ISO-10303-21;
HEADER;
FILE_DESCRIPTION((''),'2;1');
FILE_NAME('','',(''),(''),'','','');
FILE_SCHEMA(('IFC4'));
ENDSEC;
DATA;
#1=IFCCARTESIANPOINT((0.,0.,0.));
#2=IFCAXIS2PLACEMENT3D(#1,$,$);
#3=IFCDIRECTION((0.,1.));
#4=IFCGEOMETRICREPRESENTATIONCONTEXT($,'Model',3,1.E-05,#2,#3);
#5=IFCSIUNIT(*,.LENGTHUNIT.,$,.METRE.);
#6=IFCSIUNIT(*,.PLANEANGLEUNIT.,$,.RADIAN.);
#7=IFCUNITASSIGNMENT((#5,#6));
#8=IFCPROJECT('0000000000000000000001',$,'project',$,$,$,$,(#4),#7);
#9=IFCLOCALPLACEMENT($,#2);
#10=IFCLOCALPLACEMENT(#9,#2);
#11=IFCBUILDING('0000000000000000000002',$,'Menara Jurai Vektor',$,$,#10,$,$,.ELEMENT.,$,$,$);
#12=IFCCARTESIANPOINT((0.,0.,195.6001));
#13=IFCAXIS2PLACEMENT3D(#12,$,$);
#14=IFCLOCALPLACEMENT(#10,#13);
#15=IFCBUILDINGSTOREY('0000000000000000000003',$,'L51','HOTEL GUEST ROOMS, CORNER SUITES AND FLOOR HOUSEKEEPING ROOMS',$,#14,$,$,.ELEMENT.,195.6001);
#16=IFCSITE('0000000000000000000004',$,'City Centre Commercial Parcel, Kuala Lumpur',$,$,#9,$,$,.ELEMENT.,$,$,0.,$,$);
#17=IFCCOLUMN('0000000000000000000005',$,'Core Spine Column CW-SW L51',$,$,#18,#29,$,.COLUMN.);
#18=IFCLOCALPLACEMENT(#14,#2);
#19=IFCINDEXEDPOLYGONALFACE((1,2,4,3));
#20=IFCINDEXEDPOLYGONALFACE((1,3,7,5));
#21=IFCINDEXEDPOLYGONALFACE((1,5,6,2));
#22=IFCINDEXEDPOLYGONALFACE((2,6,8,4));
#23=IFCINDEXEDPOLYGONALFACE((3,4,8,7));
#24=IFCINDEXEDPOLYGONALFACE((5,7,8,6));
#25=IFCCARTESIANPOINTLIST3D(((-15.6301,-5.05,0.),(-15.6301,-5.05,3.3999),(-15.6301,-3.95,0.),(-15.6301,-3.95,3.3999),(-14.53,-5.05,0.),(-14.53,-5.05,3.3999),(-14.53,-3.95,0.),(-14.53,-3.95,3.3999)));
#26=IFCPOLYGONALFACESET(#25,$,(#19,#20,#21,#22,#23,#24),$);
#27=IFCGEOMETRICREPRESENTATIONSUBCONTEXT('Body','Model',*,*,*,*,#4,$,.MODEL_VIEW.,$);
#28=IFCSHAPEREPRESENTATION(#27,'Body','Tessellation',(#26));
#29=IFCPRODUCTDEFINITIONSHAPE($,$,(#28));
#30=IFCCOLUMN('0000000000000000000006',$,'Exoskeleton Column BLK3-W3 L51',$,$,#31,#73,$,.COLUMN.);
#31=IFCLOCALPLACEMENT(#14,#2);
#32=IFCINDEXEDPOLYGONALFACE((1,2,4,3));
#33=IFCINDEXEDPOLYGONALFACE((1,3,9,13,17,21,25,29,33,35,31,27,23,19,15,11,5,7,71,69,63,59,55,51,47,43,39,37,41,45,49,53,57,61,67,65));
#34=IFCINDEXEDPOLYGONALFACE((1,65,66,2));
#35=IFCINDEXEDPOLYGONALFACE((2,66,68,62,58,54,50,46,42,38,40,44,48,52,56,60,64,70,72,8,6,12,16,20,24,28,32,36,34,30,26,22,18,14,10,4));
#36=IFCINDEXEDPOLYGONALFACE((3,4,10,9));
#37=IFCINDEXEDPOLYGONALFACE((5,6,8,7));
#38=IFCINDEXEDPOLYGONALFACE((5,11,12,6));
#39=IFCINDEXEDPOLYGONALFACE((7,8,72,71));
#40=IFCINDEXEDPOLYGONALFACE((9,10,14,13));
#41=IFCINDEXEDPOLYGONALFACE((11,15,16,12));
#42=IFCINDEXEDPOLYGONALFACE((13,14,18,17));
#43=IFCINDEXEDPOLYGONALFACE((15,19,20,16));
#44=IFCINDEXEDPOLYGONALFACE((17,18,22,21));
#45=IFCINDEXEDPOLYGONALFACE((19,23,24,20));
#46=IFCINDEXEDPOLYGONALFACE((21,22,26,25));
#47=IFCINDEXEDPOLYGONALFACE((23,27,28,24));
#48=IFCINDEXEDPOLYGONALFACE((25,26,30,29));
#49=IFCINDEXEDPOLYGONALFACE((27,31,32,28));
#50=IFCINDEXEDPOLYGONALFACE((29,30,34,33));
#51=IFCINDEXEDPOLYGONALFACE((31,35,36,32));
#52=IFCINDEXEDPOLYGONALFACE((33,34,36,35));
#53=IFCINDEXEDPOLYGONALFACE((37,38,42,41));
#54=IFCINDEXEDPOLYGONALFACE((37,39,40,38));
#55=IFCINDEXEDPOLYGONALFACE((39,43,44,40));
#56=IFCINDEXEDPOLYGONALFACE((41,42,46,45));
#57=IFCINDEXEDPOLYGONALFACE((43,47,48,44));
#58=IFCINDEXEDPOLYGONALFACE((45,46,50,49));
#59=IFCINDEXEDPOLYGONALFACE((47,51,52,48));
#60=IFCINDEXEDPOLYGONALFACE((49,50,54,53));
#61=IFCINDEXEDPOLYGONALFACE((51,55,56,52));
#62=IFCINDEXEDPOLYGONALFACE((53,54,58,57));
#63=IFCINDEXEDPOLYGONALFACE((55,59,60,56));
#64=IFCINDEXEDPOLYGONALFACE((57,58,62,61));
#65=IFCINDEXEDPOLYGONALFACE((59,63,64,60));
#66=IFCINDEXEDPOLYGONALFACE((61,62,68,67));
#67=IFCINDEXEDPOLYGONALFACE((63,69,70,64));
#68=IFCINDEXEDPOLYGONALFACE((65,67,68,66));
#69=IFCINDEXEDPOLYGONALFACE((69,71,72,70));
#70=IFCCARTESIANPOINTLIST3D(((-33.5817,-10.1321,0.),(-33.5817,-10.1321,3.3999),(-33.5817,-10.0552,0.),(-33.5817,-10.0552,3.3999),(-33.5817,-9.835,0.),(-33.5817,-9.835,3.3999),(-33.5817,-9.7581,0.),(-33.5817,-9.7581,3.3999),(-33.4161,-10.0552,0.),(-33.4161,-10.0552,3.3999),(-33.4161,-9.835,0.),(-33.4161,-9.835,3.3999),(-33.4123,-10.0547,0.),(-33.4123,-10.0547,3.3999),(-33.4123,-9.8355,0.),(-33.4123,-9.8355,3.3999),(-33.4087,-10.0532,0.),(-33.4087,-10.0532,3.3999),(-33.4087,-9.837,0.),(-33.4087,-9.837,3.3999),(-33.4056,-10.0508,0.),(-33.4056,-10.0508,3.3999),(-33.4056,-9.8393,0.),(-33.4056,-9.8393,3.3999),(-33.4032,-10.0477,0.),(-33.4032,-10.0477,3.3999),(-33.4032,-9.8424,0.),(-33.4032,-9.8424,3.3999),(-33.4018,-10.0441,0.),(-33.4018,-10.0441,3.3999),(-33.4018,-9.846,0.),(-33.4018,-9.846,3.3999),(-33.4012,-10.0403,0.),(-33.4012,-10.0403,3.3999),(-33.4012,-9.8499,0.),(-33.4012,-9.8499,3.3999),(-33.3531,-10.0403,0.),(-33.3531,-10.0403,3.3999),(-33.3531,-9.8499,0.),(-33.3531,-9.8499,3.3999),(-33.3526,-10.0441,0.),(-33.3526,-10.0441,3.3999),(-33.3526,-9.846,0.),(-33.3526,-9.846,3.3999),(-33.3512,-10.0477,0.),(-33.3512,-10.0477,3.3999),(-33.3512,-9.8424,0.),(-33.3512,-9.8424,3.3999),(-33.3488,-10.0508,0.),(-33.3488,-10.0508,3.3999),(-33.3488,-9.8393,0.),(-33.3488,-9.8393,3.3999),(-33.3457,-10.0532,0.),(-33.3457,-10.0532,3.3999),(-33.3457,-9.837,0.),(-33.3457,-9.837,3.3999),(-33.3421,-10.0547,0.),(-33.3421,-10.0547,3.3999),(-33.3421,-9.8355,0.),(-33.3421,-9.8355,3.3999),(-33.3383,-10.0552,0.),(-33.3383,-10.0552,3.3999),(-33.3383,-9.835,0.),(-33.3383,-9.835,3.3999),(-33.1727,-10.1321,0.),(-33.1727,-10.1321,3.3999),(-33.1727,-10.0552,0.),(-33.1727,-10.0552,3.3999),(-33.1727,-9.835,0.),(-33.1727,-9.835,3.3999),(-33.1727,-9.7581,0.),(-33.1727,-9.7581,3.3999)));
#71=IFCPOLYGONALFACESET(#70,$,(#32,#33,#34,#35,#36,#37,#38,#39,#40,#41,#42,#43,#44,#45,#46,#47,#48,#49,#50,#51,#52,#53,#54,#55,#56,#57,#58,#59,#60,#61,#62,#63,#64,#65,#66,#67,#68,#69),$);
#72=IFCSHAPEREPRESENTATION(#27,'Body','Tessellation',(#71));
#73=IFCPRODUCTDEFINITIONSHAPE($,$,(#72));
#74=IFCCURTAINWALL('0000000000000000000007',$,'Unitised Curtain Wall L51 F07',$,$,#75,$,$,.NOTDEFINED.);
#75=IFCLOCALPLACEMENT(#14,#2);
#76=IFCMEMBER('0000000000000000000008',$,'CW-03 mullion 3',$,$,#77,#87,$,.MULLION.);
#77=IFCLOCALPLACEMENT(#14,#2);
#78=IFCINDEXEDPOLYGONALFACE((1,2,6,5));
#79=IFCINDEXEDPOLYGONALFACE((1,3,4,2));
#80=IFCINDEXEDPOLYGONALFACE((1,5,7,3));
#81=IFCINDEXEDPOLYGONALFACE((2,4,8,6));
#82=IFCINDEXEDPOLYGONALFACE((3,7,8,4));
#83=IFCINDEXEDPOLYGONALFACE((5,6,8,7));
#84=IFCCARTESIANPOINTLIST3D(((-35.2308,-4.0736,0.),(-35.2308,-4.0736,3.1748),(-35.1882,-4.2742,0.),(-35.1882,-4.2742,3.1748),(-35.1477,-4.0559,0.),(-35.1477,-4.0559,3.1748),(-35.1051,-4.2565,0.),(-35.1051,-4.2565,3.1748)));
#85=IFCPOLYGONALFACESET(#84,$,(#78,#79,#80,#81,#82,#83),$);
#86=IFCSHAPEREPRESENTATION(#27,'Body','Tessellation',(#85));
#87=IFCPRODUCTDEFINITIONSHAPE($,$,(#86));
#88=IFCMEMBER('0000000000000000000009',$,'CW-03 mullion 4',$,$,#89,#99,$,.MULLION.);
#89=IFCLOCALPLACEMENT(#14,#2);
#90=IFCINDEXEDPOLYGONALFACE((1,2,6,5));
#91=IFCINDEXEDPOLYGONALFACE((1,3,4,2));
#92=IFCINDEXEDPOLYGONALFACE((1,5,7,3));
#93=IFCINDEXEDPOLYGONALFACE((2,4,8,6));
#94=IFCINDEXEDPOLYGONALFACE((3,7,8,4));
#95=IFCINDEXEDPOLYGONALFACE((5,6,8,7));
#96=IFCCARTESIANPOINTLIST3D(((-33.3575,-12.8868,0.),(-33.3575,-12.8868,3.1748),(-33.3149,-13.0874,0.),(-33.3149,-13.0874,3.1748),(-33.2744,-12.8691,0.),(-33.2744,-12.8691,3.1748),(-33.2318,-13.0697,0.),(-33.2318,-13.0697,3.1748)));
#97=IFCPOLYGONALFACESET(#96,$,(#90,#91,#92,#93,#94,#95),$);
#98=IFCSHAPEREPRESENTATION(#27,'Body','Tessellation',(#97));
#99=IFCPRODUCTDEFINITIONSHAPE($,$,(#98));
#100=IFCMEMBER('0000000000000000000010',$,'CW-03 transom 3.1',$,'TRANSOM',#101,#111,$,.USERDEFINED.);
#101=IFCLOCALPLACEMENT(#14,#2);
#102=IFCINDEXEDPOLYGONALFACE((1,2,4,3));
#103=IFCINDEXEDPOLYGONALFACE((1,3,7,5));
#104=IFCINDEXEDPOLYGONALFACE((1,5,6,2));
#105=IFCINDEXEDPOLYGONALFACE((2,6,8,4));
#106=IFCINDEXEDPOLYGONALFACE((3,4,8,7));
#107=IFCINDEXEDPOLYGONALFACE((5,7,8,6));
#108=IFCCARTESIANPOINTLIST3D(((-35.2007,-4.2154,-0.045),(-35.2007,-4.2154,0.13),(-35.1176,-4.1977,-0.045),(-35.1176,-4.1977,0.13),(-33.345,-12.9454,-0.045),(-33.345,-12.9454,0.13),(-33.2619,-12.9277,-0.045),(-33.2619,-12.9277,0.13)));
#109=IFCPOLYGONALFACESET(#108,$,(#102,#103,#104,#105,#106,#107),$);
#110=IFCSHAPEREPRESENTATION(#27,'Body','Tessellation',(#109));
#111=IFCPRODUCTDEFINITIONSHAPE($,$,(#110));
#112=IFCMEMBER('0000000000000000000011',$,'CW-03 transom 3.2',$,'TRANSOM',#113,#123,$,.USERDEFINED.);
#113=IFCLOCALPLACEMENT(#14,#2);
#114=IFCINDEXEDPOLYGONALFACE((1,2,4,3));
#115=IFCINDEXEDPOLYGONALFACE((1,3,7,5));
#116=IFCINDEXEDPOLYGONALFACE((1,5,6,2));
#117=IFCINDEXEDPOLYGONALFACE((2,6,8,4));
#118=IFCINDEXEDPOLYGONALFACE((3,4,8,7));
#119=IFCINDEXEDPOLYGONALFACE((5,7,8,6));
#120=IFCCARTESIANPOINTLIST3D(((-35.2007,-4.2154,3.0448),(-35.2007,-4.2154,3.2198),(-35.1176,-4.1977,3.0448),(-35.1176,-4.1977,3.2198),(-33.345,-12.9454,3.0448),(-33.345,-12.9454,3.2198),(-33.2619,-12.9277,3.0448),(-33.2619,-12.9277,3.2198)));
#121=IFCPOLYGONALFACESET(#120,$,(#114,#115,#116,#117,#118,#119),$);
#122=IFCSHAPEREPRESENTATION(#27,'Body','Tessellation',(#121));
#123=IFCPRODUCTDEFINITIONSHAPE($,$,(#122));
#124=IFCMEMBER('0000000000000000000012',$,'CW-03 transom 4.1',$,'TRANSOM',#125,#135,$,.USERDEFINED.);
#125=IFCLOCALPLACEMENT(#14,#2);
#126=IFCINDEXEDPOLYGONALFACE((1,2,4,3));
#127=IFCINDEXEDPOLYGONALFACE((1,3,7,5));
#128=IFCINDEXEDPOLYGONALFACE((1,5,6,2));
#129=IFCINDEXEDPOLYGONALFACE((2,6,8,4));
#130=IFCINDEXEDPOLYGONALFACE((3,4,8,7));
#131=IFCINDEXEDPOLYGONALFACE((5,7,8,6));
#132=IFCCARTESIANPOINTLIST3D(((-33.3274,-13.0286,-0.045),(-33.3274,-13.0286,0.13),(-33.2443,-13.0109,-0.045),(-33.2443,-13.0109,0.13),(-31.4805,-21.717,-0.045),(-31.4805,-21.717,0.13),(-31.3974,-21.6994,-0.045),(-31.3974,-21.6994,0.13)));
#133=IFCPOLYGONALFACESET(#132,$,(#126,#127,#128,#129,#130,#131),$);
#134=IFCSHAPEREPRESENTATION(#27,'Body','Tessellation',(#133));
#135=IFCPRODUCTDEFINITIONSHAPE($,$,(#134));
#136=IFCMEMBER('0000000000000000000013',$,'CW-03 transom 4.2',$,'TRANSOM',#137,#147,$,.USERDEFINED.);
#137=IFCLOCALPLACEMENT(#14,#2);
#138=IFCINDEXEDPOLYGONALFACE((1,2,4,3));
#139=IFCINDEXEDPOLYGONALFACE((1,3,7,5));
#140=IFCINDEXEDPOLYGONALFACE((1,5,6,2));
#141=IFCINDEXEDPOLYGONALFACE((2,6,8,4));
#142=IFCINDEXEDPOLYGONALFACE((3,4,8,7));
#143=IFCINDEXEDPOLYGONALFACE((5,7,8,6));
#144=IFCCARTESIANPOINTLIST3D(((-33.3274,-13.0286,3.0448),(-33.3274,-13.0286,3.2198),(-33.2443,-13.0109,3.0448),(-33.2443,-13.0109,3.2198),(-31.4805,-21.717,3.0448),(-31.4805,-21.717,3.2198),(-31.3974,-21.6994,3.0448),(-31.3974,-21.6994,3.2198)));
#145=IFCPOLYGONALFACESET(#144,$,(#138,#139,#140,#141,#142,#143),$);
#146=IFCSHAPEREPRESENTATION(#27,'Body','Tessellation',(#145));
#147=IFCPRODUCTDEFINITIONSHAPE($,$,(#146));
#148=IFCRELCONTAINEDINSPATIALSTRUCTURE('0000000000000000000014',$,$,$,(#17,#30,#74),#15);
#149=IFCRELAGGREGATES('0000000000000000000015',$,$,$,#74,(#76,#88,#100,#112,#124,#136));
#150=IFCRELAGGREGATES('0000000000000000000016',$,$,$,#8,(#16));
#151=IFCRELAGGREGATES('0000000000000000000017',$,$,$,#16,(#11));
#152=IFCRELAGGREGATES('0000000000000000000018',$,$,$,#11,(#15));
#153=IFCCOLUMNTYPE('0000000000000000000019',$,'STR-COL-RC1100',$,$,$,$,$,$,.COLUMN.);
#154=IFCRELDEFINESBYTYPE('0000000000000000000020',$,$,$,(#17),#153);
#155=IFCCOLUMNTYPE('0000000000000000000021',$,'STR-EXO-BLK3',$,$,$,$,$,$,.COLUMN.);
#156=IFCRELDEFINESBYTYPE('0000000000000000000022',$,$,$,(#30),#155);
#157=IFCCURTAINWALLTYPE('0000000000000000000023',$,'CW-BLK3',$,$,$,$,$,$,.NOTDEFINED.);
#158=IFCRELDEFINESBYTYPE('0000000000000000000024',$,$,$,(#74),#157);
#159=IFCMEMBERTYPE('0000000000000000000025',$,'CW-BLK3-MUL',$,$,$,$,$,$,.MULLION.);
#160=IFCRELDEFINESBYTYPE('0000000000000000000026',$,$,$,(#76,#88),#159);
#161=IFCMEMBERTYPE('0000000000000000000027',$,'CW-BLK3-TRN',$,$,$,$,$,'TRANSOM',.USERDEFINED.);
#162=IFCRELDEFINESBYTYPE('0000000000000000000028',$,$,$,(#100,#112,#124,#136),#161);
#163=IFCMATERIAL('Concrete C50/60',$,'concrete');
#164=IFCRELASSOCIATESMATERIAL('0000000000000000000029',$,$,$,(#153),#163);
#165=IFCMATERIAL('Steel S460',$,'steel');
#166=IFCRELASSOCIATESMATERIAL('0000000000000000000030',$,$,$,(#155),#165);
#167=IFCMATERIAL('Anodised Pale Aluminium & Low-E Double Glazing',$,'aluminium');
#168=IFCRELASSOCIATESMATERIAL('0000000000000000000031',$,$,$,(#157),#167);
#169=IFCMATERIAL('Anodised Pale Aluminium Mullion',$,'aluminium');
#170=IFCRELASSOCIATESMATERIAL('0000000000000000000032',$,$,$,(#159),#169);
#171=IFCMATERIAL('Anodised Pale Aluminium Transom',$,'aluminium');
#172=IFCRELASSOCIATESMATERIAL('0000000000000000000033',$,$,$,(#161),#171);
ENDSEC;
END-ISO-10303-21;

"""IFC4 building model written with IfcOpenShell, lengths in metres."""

from ifc_helpers import new_model, si_unit, direction, frame, origin, origin_2d, place, context, subcontext, project, spatial, rectangle, i_section, extrude, material, material_profile, profile_set, type_object, element, aggregate, save


model = new_model("IFC4")

# Units and contexts
model_context = context("Model", 3, precision=1e-05, world=origin(), true_north=direction((0.0, 1.0)))
body_context = subcontext(model_context, "Body", "Model", "MODEL_VIEW")
ifc_project = project(units=[si_unit("LENGTHUNIT", "METRE"), si_unit("PLANEANGLEUNIT", "RADIAN")], contexts=[model_context])

# Site, building, storey
site_placement = place(None, origin())
site = spatial("IfcSite", under=ifc_project, at=site_placement, Name="City Centre Commercial Parcel, Kuala Lumpur", CompositionType="ELEMENT", RefElevation=0.0)
building_placement = place(site_placement, origin())
building = spatial("IfcBuilding", under=site, at=building_placement, Name="Menara Jurai Vektor", CompositionType="ELEMENT")
storey_placement = place(building_placement, frame((0.0, 0.0, 195.6001)))
storey = spatial("IfcBuildingStorey", under=building, at=storey_placement, Name="L51", Description="HOTEL GUEST ROOMS, CORNER SUITES AND FLOOR HOUSEKEEPING ROOMS", CompositionType="ELEMENT", Elevation=195.6001)

# Columns
ifc_material_1 = material(Name="Concrete C50/60", Category="concrete")
ifc_material_profile_1 = material_profile(ifc_material_1, rectangle(XDim=1.1001, YDim=1.1001, at=origin_2d()), Name="RC 1100x1100")
ifc_profile_set_1 = profile_set([ifc_material_profile_1], Name="Concrete C50/60")
column_type_1 = type_object("IfcColumnType", Name="STR-COL-RC1100", PredefinedType="COLUMN", material=ifc_profile_set_1)
column_1_placement = place(storey_placement, frame((-15.0801, -4.5, 0.0), z_axis=(0.0, 0.0, 1.0), x_axis=(1.0, 0.0, 0.0)))
element("IfcColumn", 1, at=column_1_placement, inside=storey, type_object=column_type_1, Name="Core Spine Column CW-SW L51", PredefinedType="COLUMN", context=body_context, shape_type="SweptSolid", body=[
    extrude(rectangle(XDim=1.1001, YDim=1.1001, at=origin_2d()), origin(), (0.0, 0.0, 1.0), 3.3999),
])
ifc_material_2 = material(Name="Steel S460", Category="steel")
ifc_material_profile_2 = material_profile(ifc_material_2, i_section(OverallWidth=0.4089, OverallDepth=0.374, WebThickness=0.0481, FlangeThickness=0.0769, FilletRadius=0.0149, at=origin_2d()), Name="HD 400x634")
ifc_profile_set_2 = profile_set([ifc_material_profile_2], Name="Steel S460")
column_type_2 = type_object("IfcColumnType", Name="STR-EXO-BLK3", PredefinedType="COLUMN", material=ifc_profile_set_2)
column_2_placement = place(storey_placement, frame((-33.3772, -9.9451, 0.0), z_axis=(0.0, 0.0, 1.0), x_axis=(1.0, 0.0, 0.0)))
element("IfcColumn", 2, at=column_2_placement, inside=storey, type_object=column_type_2, Name="Exoskeleton Column BLK3-W3 L51", PredefinedType="COLUMN", context=body_context, shape_type="SweptSolid", body=[
    extrude(i_section(OverallWidth=0.4089, OverallDepth=0.374, WebThickness=0.0481, FlangeThickness=0.0769, FilletRadius=0.0149, at=origin_2d()), origin(), (0.0, 0.0, 1.0), 3.3999),
])

# Curtain wall, members
ifc_material_3 = material(Name="Anodised Pale Aluminium & Low-E Double Glazing", Category="aluminium")
curtain_wall_type = type_object("IfcCurtainWallType", Name="CW-BLK3", PredefinedType="NOTDEFINED", material=ifc_material_3)
curtain_wall_placement = place(storey_placement, origin())
curtain_wall = element("IfcCurtainWall", 3, at=curtain_wall_placement, inside=storey, type_object=curtain_wall_type, Name="Unitised Curtain Wall L51 F07", PredefinedType="NOTDEFINED")
ifc_material_4 = material(Name="Anodised Pale Aluminium Mullion", Category="aluminium")
ifc_material_profile_3 = material_profile(ifc_material_4, rectangle(XDim=0.085, YDim=0.2051, at=origin_2d()), Name="ALU MUL 85x205")
ifc_profile_set_3 = profile_set([ifc_material_profile_3], Name="Anodised Pale Aluminium Mullion")
member_type_1 = type_object("IfcMemberType", Name="CW-BLK3-MUL", PredefinedType="MULLION", material=ifc_profile_set_3)
member_1_placement = place(storey_placement, frame((-35.168, -4.165, 0.0), z_axis=(0.0, 0.0, 1.0), x_axis=(0.978148, 0.20791, 0.0)))
member_1 = element("IfcMember", 4, at=member_1_placement, type_object=member_type_1, Name="CW-03 mullion 3", PredefinedType="MULLION", context=body_context, shape_type="SweptSolid", body=[
    extrude(rectangle(XDim=0.085, YDim=0.2051, at=origin_2d()), origin(), (0.0, 0.0, 1.0), 3.1748),
])
member_2_placement = place(storey_placement, frame((-33.2947, -12.9783, 0.0), z_axis=(0.0, 0.0, 1.0), x_axis=(0.978148, 0.20791, 0.0)))
member_2 = element("IfcMember", 5, at=member_2_placement, type_object=member_type_1, Name="CW-03 mullion 4", PredefinedType="MULLION", context=body_context, shape_type="SweptSolid", body=[
    extrude(rectangle(XDim=0.085, YDim=0.2051, at=origin_2d()), origin(), (0.0, 0.0, 1.0), 3.1748),
])
ifc_material_5 = material(Name="Anodised Pale Aluminium Transom", Category="aluminium")
ifc_material_profile_4 = material_profile(ifc_material_5, rectangle(XDim=0.085, YDim=0.175, at=origin_2d()), Name="ALU TRN 85x175")
ifc_profile_set_4 = profile_set([ifc_material_profile_4], Name="Anodised Pale Aluminium Transom")
member_type_2 = type_object("IfcMemberType", Name="CW-BLK3-TRN", ElementType="TRANSOM", PredefinedType="USERDEFINED", material=ifc_profile_set_4)
member_3_placement = place(storey_placement, frame((-35.1592, -4.2065, 0.0425), z_axis=(0.207922, -0.978145, 0.0), x_axis=(0.978145, 0.207922, 0.0)))
member_3 = element("IfcMember", 6, at=member_3_placement, type_object=member_type_2, Name="CW-03 transom 3.1", ObjectType="TRANSOM", PredefinedType="USERDEFINED", context=body_context, shape_type="SweptSolid", body=[
    extrude(rectangle(XDim=0.085, YDim=0.175, at=origin_2d()), origin(), (0.0, 0.0, 1.0), 8.925),
])
member_4_placement = place(storey_placement, frame((-35.1592, -4.2065, 3.1323), z_axis=(0.207922, -0.978145, 0.0), x_axis=(0.978145, 0.207922, 0.0)))
member_4 = element("IfcMember", 7, at=member_4_placement, type_object=member_type_2, Name="CW-03 transom 3.2", ObjectType="TRANSOM", PredefinedType="USERDEFINED", context=body_context, shape_type="SweptSolid", body=[
    extrude(rectangle(XDim=0.085, YDim=0.175, at=origin_2d()), origin(), (0.0, 0.0, 1.0), 8.925),
])
member_5_placement = place(storey_placement, frame((-33.2859, -13.0198, 0.0425), z_axis=(0.207926, -0.978145, 0.0), x_axis=(0.978145, 0.207926, 0.0)))
member_5 = element("IfcMember", 8, at=member_5_placement, type_object=member_type_2, Name="CW-03 transom 4.1", ObjectType="TRANSOM", PredefinedType="USERDEFINED", context=body_context, shape_type="SweptSolid", body=[
    extrude(rectangle(XDim=0.085, YDim=0.175, at=origin_2d()), origin(), (0.0, 0.0, 1.0), 8.8826),
])
member_6_placement = place(storey_placement, frame((-33.2859, -13.0198, 3.1323), z_axis=(0.207926, -0.978145, 0.0), x_axis=(0.978145, 0.207926, 0.0)))
member_6 = element("IfcMember", 9, at=member_6_placement, type_object=member_type_2, Name="CW-03 transom 4.2", ObjectType="TRANSOM", PredefinedType="USERDEFINED", context=body_context, shape_type="SweptSolid", body=[
    extrude(rectangle(XDim=0.085, YDim=0.175, at=origin_2d()), origin(), (0.0, 0.0, 1.0), 8.8826),
])

aggregate(curtain_wall, [member_1, member_2, member_3, member_4, member_5, member_6])

save(model, "model.ifc")
